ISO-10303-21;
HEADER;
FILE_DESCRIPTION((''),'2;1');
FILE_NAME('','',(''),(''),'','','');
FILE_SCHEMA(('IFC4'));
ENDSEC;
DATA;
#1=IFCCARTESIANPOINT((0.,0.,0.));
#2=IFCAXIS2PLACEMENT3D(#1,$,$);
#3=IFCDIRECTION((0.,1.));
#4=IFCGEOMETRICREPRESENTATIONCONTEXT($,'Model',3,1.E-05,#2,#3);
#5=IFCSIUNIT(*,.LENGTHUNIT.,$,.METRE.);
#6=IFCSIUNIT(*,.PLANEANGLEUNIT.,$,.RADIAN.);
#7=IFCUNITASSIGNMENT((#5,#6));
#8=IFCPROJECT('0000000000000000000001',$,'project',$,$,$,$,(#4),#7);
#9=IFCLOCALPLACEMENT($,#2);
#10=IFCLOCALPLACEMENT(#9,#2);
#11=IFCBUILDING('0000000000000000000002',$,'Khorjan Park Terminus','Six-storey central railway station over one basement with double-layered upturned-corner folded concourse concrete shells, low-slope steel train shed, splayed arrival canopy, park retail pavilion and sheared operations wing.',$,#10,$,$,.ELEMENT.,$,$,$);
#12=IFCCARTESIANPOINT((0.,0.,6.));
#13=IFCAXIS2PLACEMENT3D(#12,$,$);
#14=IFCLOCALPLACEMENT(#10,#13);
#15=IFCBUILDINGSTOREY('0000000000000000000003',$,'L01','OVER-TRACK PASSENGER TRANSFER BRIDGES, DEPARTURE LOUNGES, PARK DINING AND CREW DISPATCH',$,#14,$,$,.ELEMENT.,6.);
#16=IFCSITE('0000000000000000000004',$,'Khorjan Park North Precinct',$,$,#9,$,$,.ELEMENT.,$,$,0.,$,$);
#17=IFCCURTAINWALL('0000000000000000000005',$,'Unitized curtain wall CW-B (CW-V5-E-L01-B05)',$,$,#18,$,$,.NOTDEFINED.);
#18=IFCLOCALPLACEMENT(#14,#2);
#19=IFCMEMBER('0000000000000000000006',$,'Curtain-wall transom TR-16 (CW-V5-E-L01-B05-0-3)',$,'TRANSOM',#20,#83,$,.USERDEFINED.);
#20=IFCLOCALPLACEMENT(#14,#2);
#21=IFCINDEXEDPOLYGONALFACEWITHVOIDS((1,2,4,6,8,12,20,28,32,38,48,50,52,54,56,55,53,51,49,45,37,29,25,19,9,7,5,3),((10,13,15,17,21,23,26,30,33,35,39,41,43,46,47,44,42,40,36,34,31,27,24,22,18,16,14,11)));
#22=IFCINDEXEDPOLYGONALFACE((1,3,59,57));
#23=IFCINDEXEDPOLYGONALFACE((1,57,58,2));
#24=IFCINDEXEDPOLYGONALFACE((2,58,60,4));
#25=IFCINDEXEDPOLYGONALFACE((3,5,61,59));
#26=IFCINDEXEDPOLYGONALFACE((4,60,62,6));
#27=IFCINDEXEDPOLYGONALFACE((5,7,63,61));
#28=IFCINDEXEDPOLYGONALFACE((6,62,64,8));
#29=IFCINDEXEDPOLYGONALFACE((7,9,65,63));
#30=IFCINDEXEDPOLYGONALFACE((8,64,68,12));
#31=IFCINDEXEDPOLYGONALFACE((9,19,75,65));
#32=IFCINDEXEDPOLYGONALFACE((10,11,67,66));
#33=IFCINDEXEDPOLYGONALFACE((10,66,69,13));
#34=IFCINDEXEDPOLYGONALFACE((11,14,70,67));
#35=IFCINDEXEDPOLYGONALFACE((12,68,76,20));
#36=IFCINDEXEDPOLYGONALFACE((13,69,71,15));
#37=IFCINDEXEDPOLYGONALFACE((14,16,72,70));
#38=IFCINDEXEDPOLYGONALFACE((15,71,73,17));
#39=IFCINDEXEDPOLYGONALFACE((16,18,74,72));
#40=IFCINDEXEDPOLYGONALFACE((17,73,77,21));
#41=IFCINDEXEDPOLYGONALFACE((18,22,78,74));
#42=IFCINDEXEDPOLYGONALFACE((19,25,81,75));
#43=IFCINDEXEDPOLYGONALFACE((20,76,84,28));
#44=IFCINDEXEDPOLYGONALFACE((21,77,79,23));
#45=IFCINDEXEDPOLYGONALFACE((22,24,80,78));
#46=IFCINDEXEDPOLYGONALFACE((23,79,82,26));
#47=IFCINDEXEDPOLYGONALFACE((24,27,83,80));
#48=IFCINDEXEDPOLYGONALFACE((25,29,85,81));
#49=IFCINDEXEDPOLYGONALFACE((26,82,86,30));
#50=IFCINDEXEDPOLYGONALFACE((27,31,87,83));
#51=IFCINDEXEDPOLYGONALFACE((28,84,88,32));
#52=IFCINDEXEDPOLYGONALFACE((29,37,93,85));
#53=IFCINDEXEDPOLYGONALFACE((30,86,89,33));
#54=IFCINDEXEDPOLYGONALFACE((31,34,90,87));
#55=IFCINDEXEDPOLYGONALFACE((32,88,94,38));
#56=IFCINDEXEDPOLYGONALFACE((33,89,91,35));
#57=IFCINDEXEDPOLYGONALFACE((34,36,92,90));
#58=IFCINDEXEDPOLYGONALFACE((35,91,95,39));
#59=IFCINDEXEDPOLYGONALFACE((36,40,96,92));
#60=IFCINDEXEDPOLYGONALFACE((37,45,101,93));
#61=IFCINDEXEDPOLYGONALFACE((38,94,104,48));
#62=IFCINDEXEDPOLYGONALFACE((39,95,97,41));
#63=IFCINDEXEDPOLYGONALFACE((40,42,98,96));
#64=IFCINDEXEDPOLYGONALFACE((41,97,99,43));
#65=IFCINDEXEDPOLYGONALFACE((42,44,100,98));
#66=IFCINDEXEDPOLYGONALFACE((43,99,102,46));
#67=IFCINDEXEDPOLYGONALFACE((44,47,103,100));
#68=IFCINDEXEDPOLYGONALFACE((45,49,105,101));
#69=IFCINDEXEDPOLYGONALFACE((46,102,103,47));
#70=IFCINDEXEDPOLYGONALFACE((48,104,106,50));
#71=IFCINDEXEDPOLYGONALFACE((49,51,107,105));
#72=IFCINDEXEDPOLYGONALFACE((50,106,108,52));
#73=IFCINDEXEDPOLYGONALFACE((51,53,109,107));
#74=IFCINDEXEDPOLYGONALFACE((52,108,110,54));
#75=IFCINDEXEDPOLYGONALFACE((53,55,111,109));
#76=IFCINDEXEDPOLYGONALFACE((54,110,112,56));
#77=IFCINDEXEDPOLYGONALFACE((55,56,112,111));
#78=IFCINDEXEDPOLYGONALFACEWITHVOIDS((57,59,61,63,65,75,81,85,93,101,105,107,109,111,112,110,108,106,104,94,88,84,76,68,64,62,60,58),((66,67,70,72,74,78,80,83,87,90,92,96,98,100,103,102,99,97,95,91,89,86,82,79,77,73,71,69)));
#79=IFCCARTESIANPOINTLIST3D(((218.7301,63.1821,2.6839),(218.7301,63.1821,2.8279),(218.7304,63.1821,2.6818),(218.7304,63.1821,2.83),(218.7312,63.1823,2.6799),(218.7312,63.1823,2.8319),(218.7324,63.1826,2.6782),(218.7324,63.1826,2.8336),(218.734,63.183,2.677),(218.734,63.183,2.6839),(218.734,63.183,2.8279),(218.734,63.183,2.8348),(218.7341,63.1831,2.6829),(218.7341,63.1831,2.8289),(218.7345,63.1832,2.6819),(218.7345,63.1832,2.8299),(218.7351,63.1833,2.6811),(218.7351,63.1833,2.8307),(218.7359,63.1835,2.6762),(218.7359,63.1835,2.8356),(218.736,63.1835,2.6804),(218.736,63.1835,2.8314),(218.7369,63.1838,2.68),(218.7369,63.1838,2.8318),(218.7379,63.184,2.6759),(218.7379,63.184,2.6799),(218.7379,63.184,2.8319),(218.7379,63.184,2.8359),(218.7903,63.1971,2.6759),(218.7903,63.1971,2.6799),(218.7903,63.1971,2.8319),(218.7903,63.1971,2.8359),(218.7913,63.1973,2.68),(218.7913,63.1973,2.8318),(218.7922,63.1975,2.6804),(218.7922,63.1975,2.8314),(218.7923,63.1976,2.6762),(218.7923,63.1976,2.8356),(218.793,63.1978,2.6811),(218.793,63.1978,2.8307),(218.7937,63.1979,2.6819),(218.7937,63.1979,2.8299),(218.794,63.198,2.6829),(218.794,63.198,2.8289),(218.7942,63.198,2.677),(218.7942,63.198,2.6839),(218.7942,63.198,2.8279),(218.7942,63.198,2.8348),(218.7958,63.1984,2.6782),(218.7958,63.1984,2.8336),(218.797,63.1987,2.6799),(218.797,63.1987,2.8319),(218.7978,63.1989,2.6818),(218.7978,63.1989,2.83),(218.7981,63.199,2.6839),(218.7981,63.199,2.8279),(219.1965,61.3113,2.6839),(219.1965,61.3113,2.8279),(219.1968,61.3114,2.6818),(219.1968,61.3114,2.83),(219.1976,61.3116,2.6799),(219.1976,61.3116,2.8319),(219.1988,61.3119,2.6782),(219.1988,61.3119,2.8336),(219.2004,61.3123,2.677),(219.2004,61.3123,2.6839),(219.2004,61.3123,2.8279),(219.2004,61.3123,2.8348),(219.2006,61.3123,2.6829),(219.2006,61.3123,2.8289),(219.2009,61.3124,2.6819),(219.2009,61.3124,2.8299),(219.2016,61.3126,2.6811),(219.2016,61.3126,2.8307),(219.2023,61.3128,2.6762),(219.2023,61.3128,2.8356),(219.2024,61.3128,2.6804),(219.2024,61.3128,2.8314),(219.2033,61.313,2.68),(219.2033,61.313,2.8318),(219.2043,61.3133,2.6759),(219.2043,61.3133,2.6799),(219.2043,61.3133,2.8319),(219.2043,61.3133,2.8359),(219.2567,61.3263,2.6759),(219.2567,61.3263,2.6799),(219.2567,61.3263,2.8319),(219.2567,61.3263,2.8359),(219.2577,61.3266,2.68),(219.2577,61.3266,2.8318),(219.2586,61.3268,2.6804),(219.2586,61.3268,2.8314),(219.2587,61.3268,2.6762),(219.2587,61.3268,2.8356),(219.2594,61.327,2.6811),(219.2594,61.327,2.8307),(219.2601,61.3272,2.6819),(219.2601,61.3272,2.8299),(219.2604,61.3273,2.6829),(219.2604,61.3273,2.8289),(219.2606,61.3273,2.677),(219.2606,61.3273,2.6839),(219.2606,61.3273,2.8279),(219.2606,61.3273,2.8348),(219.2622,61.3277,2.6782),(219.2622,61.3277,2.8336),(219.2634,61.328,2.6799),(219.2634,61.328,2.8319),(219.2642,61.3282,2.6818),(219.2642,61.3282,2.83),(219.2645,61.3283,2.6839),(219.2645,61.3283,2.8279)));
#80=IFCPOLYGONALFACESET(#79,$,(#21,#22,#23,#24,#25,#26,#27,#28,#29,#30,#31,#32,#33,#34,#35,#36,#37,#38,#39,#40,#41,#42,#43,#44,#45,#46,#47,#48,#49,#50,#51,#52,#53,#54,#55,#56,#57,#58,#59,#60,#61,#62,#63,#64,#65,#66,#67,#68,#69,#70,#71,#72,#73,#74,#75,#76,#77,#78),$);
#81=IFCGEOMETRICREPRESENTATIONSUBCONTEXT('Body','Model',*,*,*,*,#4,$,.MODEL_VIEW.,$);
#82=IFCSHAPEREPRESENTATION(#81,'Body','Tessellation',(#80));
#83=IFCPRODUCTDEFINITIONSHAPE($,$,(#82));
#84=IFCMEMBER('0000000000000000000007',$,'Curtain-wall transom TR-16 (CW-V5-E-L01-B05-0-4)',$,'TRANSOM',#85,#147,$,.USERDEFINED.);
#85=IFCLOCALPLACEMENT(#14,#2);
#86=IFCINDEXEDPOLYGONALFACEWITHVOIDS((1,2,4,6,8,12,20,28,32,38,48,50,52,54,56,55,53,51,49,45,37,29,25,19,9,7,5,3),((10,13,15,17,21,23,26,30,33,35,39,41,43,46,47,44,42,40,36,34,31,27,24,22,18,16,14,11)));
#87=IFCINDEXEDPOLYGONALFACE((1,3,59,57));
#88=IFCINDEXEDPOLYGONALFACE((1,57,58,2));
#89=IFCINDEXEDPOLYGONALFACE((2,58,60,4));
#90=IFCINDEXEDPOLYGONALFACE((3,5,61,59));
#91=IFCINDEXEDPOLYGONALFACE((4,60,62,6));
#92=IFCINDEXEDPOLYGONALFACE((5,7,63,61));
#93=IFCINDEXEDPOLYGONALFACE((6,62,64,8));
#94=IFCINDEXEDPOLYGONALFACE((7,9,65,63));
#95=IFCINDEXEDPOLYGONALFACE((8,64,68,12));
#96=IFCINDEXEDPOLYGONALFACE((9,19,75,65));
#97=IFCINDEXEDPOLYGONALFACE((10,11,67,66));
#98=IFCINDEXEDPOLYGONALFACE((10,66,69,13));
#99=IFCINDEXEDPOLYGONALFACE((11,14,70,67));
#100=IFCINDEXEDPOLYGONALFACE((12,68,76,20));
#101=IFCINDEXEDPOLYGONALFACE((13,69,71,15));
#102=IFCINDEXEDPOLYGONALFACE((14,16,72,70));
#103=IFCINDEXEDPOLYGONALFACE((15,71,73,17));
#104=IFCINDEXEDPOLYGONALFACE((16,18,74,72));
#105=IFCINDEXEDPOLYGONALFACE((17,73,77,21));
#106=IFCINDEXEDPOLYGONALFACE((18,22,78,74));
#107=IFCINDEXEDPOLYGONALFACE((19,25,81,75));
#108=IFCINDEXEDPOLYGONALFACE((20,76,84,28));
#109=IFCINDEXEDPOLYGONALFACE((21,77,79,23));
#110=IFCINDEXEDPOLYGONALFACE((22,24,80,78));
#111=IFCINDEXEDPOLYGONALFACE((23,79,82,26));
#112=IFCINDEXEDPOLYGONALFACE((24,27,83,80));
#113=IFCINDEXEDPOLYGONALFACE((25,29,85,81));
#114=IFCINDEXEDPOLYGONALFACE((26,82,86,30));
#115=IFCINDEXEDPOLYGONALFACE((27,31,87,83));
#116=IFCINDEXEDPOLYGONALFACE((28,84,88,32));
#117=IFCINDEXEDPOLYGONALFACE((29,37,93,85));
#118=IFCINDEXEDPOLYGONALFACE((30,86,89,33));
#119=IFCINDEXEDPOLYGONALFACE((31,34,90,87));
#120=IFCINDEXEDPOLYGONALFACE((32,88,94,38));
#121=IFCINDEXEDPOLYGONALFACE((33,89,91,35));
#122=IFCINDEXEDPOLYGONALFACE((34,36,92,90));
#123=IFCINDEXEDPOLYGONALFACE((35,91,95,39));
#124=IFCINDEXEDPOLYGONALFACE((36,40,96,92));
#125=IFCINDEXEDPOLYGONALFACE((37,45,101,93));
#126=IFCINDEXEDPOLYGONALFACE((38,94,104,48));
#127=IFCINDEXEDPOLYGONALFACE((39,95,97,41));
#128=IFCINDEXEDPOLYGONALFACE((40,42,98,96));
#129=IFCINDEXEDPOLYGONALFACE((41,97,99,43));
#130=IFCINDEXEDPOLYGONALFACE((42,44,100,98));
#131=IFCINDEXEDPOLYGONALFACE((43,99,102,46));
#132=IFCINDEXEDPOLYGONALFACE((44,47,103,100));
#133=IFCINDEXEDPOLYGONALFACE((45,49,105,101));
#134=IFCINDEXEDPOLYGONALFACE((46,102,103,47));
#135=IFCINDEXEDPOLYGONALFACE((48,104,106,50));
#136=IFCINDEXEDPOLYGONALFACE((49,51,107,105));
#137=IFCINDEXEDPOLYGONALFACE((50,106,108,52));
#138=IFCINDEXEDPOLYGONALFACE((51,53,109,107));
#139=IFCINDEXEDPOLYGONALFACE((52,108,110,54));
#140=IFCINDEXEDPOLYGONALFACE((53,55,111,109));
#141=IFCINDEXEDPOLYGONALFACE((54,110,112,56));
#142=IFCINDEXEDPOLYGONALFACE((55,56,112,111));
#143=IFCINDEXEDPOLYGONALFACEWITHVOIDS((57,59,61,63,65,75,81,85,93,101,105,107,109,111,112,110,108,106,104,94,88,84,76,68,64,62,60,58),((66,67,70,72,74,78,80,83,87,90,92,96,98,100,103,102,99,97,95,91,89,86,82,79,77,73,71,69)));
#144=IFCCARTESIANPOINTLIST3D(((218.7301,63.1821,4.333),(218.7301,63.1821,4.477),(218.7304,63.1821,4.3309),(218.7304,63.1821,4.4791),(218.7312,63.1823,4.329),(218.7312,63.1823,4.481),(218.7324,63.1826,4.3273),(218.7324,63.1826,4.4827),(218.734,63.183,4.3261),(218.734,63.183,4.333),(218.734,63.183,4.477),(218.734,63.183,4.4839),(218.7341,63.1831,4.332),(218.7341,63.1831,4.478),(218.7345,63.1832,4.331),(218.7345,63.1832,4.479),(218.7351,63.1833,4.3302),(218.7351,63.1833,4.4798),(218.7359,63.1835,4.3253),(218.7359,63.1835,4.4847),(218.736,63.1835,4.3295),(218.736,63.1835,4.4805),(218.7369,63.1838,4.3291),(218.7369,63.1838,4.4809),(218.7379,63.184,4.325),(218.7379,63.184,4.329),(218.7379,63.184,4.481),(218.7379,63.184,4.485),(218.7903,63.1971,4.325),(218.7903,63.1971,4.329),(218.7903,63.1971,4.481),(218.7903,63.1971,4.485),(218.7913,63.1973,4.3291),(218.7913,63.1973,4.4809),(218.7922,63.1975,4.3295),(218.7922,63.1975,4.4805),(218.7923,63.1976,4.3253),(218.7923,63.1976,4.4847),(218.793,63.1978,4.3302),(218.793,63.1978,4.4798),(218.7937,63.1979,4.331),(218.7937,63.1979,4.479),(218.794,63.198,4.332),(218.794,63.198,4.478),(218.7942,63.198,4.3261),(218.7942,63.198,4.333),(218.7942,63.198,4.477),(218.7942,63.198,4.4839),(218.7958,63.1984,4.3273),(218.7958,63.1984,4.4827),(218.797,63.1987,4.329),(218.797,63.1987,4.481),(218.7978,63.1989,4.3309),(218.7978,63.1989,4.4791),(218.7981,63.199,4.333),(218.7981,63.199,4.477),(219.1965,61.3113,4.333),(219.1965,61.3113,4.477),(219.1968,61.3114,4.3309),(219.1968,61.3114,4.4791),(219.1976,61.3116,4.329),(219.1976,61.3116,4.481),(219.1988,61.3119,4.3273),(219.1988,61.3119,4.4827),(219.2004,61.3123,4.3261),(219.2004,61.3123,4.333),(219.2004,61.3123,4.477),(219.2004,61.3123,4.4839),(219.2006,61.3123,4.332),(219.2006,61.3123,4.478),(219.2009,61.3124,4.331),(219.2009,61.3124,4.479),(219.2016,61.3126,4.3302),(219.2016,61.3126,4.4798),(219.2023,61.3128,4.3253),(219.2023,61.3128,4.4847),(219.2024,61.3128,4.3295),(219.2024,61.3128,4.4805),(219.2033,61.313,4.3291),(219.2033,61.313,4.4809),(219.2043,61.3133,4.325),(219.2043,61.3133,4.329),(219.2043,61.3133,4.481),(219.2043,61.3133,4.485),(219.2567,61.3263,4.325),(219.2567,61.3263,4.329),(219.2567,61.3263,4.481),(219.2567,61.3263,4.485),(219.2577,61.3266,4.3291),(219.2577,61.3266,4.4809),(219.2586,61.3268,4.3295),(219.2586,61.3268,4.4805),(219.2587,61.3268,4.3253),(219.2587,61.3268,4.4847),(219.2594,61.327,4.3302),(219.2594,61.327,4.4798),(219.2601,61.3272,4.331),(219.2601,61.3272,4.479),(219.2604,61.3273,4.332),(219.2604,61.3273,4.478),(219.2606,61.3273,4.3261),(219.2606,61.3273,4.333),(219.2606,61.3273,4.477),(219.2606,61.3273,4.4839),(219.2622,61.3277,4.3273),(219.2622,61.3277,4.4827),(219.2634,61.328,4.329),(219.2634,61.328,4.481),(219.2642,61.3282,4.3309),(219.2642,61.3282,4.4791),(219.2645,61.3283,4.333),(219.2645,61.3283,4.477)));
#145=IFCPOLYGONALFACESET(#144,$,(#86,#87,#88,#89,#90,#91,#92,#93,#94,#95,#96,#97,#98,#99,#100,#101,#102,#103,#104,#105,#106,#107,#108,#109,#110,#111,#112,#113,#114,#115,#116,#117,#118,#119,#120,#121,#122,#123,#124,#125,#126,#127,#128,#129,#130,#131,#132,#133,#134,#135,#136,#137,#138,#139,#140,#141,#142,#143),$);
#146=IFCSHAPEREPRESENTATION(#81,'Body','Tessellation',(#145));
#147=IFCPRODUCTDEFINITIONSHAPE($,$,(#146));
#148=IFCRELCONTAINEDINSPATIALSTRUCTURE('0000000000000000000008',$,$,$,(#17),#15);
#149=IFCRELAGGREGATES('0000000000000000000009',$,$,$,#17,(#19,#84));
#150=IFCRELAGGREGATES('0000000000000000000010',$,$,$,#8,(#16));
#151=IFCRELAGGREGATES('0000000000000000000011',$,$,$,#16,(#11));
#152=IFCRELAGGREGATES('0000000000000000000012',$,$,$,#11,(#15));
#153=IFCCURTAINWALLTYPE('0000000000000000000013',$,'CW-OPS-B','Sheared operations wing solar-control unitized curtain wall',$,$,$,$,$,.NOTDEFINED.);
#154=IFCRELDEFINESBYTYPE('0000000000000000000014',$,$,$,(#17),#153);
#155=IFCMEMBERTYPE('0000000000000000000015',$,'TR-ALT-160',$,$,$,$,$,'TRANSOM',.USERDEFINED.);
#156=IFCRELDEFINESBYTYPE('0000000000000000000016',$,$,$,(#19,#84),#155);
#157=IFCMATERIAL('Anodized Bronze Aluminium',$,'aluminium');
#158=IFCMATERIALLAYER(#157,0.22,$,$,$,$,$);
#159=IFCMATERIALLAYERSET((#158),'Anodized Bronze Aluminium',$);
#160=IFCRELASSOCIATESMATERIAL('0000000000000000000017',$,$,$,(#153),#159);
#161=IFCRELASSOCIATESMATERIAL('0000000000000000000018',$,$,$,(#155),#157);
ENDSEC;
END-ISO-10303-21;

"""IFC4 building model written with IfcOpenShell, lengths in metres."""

from ifc_helpers import new_model, si_unit, direction, frame, origin, origin_2d, place, context, subcontext, project, spatial, hollow_rectangle, extrude, material, layer, layer_set, material_profile, profile_set, type_object, element, aggregate, save


model = new_model("IFC4")

# Units and contexts
model_context = context("Model", 3, precision=1e-05, world=origin(), true_north=direction((0.0, 1.0)))
body_context = subcontext(model_context, "Body", "Model", "MODEL_VIEW")
ifc_project = project(units=[si_unit("LENGTHUNIT", "METRE"), si_unit("PLANEANGLEUNIT", "RADIAN")], contexts=[model_context])

# Site, building, storey
site_placement = place(None, origin())
site = spatial("IfcSite", under=ifc_project, at=site_placement, Name="Khorjan Park North Precinct", CompositionType="ELEMENT", RefElevation=0.0)
building_placement = place(site_placement, origin())
building = spatial("IfcBuilding", under=site, at=building_placement, Name="Khorjan Park Terminus", Description="Six-storey central railway station over one basement with double-layered upturned-corner folded concourse concrete shells, low-slope steel train shed, splayed arrival canopy, park retail pavilion and sheared operations wing.", CompositionType="ELEMENT")
storey_placement = place(building_placement, frame((0.0, 0.0, 6.0)))
storey = spatial("IfcBuildingStorey", under=building, at=storey_placement, Name="L01", Description="OVER-TRACK PASSENGER TRANSFER BRIDGES, DEPARTURE LOUNGES, PARK DINING AND CREW DISPATCH", CompositionType="ELEMENT", Elevation=6.0)

# Curtain wall, members
ifc_material_1 = material(Name="Anodized Bronze Aluminium", Category="aluminium")
ifc_layer_1 = layer(ifc_material_1, 0.22)
ifc_layer_set_1 = layer_set([ifc_layer_1], Name="Anodized Bronze Aluminium")
curtain_wall_type = type_object("IfcCurtainWallType", Name="CW-OPS-B", Description="Sheared operations wing solar-control unitized curtain wall", PredefinedType="NOTDEFINED", material=ifc_layer_set_1)
curtain_wall_placement = place(storey_placement, origin())
curtain_wall = element("IfcCurtainWall", 1, at=curtain_wall_placement, inside=storey, type_object=curtain_wall_type, Name="Unitized curtain wall CW-B (CW-V5-E-L01-B05)", PredefinedType="NOTDEFINED")
ifc_material_profile_1 = material_profile(ifc_material_1, hollow_rectangle(XDim=0.07, YDim=0.16, WallThickness=0.004, InnerFilletRadius=0.004, OuterFilletRadius=0.008, at=origin_2d()), Name="ALT 70x160x4")
ifc_profile_set_1 = profile_set([ifc_material_profile_1], Name="Anodized Bronze Aluminium")
member_type_1 = type_object("IfcMemberType", Name="TR-ALT-160", ElementType="TRANSOM", PredefinedType="USERDEFINED", material=ifc_profile_set_1)
member_1_placement = place(storey_placement, frame((219.2305, 61.3198, 2.7559), z_axis=(-0.241913, 0.970298, 0.0), x_axis=(-0.970298, -0.241913, 0.0)))
member_1 = element("IfcMember", 2, at=member_1_placement, type_object=member_type_1, Name="Curtain-wall transom TR-16 (CW-V5-E-L01-B05-0-3)", ObjectType="TRANSOM", PredefinedType="USERDEFINED", context=body_context, shape_type="SweptSolid", body=[
    extrude(hollow_rectangle(XDim=0.07, YDim=0.16, WallThickness=0.004, InnerFilletRadius=0.004, OuterFilletRadius=0.008, at=origin_2d()), origin(), (0.0, 0.0, 1.0), 1.928),
])
member_2_placement = place(storey_placement, frame((219.2305, 61.3198, 4.405), z_axis=(-0.241913, 0.970298, 0.0), x_axis=(-0.970298, -0.241913, 0.0)))
member_2 = element("IfcMember", 3, at=member_2_placement, type_object=member_type_1, Name="Curtain-wall transom TR-16 (CW-V5-E-L01-B05-0-4)", ObjectType="TRANSOM", PredefinedType="USERDEFINED", context=body_context, shape_type="SweptSolid", body=[
    extrude(hollow_rectangle(XDim=0.07, YDim=0.16, WallThickness=0.004, InnerFilletRadius=0.004, OuterFilletRadius=0.008, at=origin_2d()), origin(), (0.0, 0.0, 1.0), 1.928),
])
aggregate(curtain_wall, [member_1, member_2])

save(model, "model.ifc")
